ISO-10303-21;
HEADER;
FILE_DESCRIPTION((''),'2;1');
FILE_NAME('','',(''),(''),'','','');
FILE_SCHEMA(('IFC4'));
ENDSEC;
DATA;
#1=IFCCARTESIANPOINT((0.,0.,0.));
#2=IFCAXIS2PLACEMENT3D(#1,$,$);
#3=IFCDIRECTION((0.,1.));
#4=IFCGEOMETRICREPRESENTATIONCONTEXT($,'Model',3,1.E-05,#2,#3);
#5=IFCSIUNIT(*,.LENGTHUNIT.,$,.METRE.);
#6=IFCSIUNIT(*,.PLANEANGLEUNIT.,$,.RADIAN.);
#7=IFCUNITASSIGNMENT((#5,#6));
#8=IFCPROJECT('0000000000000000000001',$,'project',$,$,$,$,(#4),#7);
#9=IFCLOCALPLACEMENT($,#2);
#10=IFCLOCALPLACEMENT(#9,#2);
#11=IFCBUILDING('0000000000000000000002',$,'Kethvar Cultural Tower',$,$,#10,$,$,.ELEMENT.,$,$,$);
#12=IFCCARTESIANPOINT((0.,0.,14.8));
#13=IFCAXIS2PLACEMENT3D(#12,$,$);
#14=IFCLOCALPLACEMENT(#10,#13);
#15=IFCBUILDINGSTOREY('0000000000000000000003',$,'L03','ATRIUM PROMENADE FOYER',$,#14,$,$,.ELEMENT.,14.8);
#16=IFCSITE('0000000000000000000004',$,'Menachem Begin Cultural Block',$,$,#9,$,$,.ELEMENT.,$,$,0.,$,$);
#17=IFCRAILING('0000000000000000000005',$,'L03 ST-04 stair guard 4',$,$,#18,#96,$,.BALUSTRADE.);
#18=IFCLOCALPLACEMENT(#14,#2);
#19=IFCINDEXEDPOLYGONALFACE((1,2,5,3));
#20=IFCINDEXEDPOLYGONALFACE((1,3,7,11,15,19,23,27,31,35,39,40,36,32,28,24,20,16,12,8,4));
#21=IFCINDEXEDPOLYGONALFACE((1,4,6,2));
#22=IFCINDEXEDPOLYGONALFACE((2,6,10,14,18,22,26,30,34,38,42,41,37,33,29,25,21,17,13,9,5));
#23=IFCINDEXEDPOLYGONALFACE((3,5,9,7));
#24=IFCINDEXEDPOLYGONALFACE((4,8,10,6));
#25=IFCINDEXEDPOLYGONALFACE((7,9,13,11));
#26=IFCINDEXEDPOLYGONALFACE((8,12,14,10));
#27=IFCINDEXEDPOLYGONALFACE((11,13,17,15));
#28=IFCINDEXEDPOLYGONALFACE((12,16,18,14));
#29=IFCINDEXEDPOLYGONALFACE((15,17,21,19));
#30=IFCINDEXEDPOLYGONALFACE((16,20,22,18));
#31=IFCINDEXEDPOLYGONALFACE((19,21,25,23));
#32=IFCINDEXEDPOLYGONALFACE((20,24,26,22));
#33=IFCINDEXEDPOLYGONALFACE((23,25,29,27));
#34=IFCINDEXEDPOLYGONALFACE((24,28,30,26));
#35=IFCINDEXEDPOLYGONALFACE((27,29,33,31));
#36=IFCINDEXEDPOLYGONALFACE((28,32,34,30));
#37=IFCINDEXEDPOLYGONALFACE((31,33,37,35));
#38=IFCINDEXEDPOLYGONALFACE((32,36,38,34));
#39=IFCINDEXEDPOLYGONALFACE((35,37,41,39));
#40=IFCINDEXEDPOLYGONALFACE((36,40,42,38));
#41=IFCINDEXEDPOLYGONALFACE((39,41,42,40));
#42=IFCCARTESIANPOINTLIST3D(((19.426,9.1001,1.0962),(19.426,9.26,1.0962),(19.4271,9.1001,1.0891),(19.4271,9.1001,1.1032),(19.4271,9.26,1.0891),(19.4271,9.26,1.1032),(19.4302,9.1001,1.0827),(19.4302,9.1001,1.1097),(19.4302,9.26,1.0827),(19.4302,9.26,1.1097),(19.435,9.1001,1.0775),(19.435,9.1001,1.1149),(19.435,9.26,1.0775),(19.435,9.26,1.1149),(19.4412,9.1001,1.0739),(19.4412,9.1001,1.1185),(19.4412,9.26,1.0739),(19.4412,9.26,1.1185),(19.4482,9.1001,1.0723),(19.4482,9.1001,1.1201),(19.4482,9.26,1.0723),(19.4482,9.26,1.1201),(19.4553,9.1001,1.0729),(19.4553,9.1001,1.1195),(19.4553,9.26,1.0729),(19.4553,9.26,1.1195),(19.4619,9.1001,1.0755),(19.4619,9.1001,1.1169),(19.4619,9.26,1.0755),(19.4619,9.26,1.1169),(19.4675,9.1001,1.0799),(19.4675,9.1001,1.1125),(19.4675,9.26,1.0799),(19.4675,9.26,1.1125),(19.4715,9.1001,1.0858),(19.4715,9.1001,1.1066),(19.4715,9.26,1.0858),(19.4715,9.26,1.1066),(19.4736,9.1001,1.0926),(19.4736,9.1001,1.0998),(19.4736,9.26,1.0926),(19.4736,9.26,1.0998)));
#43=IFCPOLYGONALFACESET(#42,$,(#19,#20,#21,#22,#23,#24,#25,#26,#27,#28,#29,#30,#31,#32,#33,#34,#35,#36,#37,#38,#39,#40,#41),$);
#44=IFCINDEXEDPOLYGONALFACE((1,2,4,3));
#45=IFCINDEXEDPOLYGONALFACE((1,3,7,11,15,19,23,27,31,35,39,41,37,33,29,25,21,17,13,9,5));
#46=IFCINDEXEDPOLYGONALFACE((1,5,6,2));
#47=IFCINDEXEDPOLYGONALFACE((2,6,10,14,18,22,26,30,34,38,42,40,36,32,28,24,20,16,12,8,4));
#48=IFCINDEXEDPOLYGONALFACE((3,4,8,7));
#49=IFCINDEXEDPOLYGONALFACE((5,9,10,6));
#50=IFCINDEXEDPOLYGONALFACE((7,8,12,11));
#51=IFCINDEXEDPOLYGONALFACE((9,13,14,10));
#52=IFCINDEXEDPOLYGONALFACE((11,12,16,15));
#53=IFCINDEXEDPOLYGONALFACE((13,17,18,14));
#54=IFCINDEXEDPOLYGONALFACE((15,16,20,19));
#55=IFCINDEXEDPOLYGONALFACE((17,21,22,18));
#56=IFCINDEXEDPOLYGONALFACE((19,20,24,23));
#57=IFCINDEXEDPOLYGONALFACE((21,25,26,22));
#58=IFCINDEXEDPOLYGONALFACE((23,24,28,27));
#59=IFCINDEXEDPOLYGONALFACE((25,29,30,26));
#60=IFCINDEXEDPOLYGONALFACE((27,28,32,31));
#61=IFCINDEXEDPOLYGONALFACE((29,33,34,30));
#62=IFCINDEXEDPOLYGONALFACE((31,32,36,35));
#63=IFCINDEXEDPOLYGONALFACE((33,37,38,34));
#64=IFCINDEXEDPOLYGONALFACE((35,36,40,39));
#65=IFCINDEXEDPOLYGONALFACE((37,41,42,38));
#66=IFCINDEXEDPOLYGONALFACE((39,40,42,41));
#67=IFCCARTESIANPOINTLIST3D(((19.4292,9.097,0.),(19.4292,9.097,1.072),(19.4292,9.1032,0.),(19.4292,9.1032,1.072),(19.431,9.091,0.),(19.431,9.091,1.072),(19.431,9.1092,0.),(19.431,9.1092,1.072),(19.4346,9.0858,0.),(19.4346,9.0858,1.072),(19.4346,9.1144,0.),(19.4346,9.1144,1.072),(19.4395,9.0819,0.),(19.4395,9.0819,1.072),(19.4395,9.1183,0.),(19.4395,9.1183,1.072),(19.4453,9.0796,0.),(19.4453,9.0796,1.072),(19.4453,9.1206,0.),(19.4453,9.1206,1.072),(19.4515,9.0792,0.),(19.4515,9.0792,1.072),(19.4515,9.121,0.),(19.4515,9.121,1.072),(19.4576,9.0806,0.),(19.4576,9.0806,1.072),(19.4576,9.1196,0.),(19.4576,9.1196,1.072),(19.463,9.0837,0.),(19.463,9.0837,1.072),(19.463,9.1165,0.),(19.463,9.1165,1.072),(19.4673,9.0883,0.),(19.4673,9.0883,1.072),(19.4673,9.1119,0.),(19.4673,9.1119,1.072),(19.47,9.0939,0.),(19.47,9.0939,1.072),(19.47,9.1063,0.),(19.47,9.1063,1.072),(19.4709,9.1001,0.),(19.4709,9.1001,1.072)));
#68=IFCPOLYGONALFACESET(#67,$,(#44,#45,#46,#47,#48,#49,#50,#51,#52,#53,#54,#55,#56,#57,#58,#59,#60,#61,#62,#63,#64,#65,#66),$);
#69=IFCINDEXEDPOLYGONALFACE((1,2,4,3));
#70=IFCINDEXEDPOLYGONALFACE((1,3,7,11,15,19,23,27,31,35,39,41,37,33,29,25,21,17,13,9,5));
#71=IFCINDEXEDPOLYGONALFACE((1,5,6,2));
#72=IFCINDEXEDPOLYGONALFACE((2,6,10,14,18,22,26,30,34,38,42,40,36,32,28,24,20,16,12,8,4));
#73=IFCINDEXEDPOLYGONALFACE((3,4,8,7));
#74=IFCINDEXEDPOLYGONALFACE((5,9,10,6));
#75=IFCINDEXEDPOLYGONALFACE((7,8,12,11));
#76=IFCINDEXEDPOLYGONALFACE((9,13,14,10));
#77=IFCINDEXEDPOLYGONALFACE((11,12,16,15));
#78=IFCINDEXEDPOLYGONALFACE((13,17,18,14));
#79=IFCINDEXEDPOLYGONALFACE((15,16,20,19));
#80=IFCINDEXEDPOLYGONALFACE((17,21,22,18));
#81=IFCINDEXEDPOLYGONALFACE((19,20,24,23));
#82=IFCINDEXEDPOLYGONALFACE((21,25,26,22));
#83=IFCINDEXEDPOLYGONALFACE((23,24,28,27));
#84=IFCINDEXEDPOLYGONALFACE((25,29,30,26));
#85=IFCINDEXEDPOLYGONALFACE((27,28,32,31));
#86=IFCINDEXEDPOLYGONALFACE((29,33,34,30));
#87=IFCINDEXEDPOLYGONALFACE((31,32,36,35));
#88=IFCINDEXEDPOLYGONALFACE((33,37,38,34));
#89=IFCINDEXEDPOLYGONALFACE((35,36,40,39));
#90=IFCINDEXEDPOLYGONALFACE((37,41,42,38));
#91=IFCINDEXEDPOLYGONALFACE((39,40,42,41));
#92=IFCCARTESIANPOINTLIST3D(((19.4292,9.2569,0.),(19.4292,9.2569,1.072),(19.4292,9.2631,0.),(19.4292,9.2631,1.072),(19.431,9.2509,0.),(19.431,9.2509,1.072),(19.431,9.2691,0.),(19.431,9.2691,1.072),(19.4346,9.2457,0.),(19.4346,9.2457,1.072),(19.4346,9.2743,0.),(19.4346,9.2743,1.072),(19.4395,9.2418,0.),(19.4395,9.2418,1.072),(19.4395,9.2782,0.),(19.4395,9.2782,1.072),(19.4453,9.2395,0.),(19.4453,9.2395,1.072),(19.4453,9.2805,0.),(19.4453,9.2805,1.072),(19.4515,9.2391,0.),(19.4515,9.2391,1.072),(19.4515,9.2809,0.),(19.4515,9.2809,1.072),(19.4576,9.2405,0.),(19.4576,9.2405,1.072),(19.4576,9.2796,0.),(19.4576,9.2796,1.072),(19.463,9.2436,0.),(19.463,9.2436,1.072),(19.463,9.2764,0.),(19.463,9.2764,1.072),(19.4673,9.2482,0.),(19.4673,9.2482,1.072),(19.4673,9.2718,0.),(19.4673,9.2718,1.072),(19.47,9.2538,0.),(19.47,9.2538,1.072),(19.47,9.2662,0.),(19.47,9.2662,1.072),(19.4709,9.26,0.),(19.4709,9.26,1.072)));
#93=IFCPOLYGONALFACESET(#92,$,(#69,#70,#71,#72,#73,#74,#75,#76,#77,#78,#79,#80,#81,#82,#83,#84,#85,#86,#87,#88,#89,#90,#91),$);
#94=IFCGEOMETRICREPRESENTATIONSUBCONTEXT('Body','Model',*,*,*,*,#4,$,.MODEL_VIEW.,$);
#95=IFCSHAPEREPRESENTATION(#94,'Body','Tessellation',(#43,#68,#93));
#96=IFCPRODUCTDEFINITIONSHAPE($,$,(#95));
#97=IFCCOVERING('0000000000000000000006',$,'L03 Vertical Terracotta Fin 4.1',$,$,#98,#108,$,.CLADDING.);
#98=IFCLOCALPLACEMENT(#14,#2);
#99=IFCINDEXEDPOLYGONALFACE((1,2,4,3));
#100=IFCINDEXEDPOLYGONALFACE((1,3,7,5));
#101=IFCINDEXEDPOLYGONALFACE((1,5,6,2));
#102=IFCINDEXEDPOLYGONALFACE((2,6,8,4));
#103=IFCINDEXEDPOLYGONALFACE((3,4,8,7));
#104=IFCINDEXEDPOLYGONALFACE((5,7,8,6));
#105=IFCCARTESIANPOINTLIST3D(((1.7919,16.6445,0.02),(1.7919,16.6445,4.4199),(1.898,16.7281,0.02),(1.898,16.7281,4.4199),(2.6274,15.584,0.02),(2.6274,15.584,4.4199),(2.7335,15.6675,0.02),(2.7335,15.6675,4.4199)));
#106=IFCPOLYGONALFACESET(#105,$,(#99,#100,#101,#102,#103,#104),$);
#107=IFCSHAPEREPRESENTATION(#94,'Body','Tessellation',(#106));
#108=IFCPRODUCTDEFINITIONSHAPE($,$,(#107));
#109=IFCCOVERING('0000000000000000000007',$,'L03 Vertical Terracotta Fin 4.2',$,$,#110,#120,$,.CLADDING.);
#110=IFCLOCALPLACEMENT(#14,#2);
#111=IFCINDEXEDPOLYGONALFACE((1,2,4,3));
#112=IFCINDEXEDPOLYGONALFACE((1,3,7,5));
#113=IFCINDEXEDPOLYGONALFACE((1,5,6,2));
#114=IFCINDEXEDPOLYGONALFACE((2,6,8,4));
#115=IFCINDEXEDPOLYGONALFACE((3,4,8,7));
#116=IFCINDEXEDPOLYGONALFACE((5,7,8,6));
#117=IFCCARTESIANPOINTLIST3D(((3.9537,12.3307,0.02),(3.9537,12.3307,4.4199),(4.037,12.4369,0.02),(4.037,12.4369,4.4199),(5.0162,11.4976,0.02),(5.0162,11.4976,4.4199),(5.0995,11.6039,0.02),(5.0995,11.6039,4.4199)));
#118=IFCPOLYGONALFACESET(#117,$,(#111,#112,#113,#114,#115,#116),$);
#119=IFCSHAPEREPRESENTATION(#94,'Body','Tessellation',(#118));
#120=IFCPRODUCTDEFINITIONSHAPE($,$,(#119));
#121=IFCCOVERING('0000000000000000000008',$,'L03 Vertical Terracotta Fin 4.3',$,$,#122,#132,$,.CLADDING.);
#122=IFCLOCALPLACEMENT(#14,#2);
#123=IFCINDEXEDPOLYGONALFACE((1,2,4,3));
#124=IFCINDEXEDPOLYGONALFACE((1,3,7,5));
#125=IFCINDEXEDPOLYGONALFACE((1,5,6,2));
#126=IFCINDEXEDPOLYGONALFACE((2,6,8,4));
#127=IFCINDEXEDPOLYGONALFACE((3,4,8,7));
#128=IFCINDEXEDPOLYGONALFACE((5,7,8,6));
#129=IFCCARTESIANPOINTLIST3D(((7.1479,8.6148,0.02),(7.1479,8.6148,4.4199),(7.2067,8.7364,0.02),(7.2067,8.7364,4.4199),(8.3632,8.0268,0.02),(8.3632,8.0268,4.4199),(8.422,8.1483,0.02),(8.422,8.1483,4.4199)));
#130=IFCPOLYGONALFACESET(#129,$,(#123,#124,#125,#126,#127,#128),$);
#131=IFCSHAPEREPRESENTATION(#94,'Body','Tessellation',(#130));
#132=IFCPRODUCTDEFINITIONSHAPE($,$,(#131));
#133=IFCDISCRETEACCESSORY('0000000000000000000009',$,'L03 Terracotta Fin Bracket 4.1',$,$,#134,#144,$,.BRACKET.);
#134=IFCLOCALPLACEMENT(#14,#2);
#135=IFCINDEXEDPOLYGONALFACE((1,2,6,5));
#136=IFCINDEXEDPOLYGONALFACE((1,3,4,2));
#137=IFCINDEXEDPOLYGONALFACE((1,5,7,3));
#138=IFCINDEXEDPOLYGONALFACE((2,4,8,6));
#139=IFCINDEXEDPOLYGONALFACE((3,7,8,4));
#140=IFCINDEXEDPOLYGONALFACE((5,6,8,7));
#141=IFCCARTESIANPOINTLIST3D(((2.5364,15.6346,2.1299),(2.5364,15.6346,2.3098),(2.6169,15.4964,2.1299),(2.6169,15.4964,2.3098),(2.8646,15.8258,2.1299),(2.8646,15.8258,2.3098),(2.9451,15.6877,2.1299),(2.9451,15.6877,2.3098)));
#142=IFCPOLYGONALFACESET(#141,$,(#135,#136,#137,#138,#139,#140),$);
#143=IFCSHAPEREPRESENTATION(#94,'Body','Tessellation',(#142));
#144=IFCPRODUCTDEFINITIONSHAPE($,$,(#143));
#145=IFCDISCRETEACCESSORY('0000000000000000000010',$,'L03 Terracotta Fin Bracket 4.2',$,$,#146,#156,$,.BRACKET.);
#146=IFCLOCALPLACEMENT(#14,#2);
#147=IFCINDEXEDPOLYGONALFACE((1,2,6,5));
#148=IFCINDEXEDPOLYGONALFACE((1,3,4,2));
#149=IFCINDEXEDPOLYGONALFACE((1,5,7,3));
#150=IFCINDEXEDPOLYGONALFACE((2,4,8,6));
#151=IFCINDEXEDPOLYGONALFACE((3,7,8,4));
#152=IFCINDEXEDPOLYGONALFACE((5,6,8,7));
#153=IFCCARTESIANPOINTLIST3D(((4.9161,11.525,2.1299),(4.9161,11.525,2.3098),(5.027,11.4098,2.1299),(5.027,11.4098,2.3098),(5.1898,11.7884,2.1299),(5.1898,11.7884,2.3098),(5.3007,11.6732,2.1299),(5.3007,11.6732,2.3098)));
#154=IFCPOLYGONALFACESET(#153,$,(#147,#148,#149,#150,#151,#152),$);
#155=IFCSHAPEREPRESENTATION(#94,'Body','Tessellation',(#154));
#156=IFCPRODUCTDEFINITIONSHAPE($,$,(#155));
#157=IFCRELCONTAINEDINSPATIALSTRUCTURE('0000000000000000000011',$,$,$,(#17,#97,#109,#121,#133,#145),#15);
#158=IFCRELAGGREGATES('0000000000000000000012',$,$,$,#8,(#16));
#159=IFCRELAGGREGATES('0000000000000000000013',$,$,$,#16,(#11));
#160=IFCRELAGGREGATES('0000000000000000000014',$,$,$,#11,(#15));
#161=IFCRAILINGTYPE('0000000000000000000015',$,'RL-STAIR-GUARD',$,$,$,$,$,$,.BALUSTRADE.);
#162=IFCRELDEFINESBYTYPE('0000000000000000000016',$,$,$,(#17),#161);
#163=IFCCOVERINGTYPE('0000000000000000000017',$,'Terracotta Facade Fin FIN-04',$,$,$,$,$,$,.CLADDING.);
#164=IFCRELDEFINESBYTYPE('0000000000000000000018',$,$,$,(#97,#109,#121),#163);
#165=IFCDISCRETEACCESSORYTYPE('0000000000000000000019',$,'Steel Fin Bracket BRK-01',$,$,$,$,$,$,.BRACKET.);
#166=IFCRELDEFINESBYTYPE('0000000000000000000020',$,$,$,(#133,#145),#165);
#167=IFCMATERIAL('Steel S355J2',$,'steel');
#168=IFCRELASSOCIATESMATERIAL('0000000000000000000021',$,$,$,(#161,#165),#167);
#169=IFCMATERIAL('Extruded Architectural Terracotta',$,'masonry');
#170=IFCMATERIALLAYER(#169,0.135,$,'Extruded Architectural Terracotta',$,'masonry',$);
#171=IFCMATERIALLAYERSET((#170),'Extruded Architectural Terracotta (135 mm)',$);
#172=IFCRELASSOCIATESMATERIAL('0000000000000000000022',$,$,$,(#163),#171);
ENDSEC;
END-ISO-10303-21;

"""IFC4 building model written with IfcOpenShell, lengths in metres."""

from ifc_helpers import new_model, si_unit, direction, frame, origin, origin_2d, place, context, subcontext, project, spatial, rectangle, circle, extrude, source, transform, mapped, material, layer, layer_set, type_object, element, save


model = new_model("IFC4")

# Units and contexts
model_context = context("Model", 3, precision=1e-05, world=origin(), true_north=direction((0.0, 1.0)))
body_context = subcontext(model_context, "Body", "Model", "MODEL_VIEW")
ifc_project = project(units=[si_unit("LENGTHUNIT", "METRE"), si_unit("PLANEANGLEUNIT", "RADIAN")], contexts=[model_context])

# Site, building, storey
site_placement = place(None, origin())
site = spatial("IfcSite", under=ifc_project, at=site_placement, Name="Menachem Begin Cultural Block", CompositionType="ELEMENT", RefElevation=0.0)
building_placement = place(site_placement, origin())
building = spatial("IfcBuilding", under=site, at=building_placement, Name="Kethvar Cultural Tower", CompositionType="ELEMENT")
storey_placement = place(building_placement, frame((0.0, 0.0, 14.8)))
storey = spatial("IfcBuildingStorey", under=building, at=storey_placement, Name="L03", Description="ATRIUM PROMENADE FOYER", CompositionType="ELEMENT", Elevation=14.8)

# Shared definitions
ifc_material_1 = material(Name="Steel S355J2", Category="steel")

# Railing
railing_type_1 = type_object("IfcRailingType", Name="RL-STAIR-GUARD", PredefinedType="BALUSTRADE", material=ifc_material_1)
railing_1_placement = place(storey_placement, frame((19.45, 9.1001, 0.0)))
element("IfcRailing", 1, at=railing_1_placement, inside=storey, type_object=railing_type_1, Name="L03 ST-04 stair guard 4", PredefinedType="BALUSTRADE", context=body_context, shape_type="SweptSolid", body=[
    extrude(circle(Radius=0.0239, at=origin_2d()), frame((0.0, 0.0, 1.0962), z_axis=(0.0, 1.0, 0.0), x_axis=(-1.0, 0.0, 0.0)), (0.0, 0.0, 1.0), 0.1599),
    extrude(circle(Radius=0.021, at=origin_2d()), origin(), (0.0, 0.0, 1.0), 1.072),
    extrude(circle(Radius=0.021, at=origin_2d()), frame((0.0, 0.1599, 0.0)), (0.0, 0.0, 1.0), 1.072),
])

# Coverings
ifc_material_2 = material(Name="Extruded Architectural Terracotta", Category="masonry")
ifc_layer_1 = layer(ifc_material_2, 0.135, Name="Extruded Architectural Terracotta", Category="masonry")
ifc_layer_set_1 = layer_set([ifc_layer_1], Name="Extruded Architectural Terracotta (135 mm)")
covering_type = type_object("IfcCoveringType", Name="Terracotta Facade Fin FIN-04", PredefinedType="CLADDING", material=ifc_layer_set_1)
shared_shape_1 = source(origin(), body_context, "Body", "SweptSolid", [
    extrude(rectangle(XDim=1.3501, YDim=0.135, at=origin_2d()), origin(), (0.0, 0.0, 1.0), 4.3999),
])
for number, where, z_axis, x_axis, name in (
    (2, (2.2627, 16.156, 0.02), (0.0, 0.0, 1.0), (-0.61882, 0.785533, 0.0), "L03 Vertical Terracotta Fin 4.1"),
    (3, (4.5266, 11.9673, 0.02), (0.0, 0.0, 1.0), (-0.786935, 0.617036, 0.0), "L03 Vertical Terracotta Fin 4.2"),
    (4, (7.7849, 8.3816, 0.02), (0.0, 0.0, 1.0), (-0.900167, 0.435545, 0.0), "L03 Vertical Terracotta Fin 4.3"),
):
    element("IfcCovering", number, at=place(storey_placement, frame(where, z_axis=z_axis, x_axis=x_axis)), inside=storey, type_object=covering_type, Name=name, PredefinedType="CLADDING", context=body_context, shape_type="MappedRepresentation", body=[
        mapped(shared_shape_1, transform((0.0, 0.0, 0.0), scale=1.0)),
    ])

# Discrete accessories
discrete_accessory_type = type_object("IfcDiscreteAccessoryType", Name="Steel Fin Bracket BRK-01", PredefinedType="BRACKET", material=ifc_material_1)
shared_shape_2 = source(origin(), body_context, "Body", "SweptSolid", [
    extrude(rectangle(XDim=0.3799, YDim=0.1599, at=origin_2d()), origin(), (0.0, 0.0, 1.0), 0.1799),
])
for number, where, z_axis, x_axis, name in (
    (5, (2.7407, 15.6611, 2.1299), (0.0, 0.0, 1.0), (-0.864011, -0.503472, 0.0), "L03 Terracotta Fin Bracket 4.1"),
    (6, (5.1084, 11.5991, 2.1299), (0.0, 0.0, 1.0), (-0.720551, -0.693402, 0.0), "L03 Terracotta Fin Bracket 4.2"),
):
    element("IfcDiscreteAccessory", number, at=place(storey_placement, frame(where, z_axis=z_axis, x_axis=x_axis)), inside=storey, type_object=discrete_accessory_type, Name=name, PredefinedType="BRACKET", context=body_context, shape_type="MappedRepresentation", body=[
        mapped(shared_shape_2, transform((0.0, 0.0, 0.0), scale=1.0)),
    ])

save(model, "model.ifc")
